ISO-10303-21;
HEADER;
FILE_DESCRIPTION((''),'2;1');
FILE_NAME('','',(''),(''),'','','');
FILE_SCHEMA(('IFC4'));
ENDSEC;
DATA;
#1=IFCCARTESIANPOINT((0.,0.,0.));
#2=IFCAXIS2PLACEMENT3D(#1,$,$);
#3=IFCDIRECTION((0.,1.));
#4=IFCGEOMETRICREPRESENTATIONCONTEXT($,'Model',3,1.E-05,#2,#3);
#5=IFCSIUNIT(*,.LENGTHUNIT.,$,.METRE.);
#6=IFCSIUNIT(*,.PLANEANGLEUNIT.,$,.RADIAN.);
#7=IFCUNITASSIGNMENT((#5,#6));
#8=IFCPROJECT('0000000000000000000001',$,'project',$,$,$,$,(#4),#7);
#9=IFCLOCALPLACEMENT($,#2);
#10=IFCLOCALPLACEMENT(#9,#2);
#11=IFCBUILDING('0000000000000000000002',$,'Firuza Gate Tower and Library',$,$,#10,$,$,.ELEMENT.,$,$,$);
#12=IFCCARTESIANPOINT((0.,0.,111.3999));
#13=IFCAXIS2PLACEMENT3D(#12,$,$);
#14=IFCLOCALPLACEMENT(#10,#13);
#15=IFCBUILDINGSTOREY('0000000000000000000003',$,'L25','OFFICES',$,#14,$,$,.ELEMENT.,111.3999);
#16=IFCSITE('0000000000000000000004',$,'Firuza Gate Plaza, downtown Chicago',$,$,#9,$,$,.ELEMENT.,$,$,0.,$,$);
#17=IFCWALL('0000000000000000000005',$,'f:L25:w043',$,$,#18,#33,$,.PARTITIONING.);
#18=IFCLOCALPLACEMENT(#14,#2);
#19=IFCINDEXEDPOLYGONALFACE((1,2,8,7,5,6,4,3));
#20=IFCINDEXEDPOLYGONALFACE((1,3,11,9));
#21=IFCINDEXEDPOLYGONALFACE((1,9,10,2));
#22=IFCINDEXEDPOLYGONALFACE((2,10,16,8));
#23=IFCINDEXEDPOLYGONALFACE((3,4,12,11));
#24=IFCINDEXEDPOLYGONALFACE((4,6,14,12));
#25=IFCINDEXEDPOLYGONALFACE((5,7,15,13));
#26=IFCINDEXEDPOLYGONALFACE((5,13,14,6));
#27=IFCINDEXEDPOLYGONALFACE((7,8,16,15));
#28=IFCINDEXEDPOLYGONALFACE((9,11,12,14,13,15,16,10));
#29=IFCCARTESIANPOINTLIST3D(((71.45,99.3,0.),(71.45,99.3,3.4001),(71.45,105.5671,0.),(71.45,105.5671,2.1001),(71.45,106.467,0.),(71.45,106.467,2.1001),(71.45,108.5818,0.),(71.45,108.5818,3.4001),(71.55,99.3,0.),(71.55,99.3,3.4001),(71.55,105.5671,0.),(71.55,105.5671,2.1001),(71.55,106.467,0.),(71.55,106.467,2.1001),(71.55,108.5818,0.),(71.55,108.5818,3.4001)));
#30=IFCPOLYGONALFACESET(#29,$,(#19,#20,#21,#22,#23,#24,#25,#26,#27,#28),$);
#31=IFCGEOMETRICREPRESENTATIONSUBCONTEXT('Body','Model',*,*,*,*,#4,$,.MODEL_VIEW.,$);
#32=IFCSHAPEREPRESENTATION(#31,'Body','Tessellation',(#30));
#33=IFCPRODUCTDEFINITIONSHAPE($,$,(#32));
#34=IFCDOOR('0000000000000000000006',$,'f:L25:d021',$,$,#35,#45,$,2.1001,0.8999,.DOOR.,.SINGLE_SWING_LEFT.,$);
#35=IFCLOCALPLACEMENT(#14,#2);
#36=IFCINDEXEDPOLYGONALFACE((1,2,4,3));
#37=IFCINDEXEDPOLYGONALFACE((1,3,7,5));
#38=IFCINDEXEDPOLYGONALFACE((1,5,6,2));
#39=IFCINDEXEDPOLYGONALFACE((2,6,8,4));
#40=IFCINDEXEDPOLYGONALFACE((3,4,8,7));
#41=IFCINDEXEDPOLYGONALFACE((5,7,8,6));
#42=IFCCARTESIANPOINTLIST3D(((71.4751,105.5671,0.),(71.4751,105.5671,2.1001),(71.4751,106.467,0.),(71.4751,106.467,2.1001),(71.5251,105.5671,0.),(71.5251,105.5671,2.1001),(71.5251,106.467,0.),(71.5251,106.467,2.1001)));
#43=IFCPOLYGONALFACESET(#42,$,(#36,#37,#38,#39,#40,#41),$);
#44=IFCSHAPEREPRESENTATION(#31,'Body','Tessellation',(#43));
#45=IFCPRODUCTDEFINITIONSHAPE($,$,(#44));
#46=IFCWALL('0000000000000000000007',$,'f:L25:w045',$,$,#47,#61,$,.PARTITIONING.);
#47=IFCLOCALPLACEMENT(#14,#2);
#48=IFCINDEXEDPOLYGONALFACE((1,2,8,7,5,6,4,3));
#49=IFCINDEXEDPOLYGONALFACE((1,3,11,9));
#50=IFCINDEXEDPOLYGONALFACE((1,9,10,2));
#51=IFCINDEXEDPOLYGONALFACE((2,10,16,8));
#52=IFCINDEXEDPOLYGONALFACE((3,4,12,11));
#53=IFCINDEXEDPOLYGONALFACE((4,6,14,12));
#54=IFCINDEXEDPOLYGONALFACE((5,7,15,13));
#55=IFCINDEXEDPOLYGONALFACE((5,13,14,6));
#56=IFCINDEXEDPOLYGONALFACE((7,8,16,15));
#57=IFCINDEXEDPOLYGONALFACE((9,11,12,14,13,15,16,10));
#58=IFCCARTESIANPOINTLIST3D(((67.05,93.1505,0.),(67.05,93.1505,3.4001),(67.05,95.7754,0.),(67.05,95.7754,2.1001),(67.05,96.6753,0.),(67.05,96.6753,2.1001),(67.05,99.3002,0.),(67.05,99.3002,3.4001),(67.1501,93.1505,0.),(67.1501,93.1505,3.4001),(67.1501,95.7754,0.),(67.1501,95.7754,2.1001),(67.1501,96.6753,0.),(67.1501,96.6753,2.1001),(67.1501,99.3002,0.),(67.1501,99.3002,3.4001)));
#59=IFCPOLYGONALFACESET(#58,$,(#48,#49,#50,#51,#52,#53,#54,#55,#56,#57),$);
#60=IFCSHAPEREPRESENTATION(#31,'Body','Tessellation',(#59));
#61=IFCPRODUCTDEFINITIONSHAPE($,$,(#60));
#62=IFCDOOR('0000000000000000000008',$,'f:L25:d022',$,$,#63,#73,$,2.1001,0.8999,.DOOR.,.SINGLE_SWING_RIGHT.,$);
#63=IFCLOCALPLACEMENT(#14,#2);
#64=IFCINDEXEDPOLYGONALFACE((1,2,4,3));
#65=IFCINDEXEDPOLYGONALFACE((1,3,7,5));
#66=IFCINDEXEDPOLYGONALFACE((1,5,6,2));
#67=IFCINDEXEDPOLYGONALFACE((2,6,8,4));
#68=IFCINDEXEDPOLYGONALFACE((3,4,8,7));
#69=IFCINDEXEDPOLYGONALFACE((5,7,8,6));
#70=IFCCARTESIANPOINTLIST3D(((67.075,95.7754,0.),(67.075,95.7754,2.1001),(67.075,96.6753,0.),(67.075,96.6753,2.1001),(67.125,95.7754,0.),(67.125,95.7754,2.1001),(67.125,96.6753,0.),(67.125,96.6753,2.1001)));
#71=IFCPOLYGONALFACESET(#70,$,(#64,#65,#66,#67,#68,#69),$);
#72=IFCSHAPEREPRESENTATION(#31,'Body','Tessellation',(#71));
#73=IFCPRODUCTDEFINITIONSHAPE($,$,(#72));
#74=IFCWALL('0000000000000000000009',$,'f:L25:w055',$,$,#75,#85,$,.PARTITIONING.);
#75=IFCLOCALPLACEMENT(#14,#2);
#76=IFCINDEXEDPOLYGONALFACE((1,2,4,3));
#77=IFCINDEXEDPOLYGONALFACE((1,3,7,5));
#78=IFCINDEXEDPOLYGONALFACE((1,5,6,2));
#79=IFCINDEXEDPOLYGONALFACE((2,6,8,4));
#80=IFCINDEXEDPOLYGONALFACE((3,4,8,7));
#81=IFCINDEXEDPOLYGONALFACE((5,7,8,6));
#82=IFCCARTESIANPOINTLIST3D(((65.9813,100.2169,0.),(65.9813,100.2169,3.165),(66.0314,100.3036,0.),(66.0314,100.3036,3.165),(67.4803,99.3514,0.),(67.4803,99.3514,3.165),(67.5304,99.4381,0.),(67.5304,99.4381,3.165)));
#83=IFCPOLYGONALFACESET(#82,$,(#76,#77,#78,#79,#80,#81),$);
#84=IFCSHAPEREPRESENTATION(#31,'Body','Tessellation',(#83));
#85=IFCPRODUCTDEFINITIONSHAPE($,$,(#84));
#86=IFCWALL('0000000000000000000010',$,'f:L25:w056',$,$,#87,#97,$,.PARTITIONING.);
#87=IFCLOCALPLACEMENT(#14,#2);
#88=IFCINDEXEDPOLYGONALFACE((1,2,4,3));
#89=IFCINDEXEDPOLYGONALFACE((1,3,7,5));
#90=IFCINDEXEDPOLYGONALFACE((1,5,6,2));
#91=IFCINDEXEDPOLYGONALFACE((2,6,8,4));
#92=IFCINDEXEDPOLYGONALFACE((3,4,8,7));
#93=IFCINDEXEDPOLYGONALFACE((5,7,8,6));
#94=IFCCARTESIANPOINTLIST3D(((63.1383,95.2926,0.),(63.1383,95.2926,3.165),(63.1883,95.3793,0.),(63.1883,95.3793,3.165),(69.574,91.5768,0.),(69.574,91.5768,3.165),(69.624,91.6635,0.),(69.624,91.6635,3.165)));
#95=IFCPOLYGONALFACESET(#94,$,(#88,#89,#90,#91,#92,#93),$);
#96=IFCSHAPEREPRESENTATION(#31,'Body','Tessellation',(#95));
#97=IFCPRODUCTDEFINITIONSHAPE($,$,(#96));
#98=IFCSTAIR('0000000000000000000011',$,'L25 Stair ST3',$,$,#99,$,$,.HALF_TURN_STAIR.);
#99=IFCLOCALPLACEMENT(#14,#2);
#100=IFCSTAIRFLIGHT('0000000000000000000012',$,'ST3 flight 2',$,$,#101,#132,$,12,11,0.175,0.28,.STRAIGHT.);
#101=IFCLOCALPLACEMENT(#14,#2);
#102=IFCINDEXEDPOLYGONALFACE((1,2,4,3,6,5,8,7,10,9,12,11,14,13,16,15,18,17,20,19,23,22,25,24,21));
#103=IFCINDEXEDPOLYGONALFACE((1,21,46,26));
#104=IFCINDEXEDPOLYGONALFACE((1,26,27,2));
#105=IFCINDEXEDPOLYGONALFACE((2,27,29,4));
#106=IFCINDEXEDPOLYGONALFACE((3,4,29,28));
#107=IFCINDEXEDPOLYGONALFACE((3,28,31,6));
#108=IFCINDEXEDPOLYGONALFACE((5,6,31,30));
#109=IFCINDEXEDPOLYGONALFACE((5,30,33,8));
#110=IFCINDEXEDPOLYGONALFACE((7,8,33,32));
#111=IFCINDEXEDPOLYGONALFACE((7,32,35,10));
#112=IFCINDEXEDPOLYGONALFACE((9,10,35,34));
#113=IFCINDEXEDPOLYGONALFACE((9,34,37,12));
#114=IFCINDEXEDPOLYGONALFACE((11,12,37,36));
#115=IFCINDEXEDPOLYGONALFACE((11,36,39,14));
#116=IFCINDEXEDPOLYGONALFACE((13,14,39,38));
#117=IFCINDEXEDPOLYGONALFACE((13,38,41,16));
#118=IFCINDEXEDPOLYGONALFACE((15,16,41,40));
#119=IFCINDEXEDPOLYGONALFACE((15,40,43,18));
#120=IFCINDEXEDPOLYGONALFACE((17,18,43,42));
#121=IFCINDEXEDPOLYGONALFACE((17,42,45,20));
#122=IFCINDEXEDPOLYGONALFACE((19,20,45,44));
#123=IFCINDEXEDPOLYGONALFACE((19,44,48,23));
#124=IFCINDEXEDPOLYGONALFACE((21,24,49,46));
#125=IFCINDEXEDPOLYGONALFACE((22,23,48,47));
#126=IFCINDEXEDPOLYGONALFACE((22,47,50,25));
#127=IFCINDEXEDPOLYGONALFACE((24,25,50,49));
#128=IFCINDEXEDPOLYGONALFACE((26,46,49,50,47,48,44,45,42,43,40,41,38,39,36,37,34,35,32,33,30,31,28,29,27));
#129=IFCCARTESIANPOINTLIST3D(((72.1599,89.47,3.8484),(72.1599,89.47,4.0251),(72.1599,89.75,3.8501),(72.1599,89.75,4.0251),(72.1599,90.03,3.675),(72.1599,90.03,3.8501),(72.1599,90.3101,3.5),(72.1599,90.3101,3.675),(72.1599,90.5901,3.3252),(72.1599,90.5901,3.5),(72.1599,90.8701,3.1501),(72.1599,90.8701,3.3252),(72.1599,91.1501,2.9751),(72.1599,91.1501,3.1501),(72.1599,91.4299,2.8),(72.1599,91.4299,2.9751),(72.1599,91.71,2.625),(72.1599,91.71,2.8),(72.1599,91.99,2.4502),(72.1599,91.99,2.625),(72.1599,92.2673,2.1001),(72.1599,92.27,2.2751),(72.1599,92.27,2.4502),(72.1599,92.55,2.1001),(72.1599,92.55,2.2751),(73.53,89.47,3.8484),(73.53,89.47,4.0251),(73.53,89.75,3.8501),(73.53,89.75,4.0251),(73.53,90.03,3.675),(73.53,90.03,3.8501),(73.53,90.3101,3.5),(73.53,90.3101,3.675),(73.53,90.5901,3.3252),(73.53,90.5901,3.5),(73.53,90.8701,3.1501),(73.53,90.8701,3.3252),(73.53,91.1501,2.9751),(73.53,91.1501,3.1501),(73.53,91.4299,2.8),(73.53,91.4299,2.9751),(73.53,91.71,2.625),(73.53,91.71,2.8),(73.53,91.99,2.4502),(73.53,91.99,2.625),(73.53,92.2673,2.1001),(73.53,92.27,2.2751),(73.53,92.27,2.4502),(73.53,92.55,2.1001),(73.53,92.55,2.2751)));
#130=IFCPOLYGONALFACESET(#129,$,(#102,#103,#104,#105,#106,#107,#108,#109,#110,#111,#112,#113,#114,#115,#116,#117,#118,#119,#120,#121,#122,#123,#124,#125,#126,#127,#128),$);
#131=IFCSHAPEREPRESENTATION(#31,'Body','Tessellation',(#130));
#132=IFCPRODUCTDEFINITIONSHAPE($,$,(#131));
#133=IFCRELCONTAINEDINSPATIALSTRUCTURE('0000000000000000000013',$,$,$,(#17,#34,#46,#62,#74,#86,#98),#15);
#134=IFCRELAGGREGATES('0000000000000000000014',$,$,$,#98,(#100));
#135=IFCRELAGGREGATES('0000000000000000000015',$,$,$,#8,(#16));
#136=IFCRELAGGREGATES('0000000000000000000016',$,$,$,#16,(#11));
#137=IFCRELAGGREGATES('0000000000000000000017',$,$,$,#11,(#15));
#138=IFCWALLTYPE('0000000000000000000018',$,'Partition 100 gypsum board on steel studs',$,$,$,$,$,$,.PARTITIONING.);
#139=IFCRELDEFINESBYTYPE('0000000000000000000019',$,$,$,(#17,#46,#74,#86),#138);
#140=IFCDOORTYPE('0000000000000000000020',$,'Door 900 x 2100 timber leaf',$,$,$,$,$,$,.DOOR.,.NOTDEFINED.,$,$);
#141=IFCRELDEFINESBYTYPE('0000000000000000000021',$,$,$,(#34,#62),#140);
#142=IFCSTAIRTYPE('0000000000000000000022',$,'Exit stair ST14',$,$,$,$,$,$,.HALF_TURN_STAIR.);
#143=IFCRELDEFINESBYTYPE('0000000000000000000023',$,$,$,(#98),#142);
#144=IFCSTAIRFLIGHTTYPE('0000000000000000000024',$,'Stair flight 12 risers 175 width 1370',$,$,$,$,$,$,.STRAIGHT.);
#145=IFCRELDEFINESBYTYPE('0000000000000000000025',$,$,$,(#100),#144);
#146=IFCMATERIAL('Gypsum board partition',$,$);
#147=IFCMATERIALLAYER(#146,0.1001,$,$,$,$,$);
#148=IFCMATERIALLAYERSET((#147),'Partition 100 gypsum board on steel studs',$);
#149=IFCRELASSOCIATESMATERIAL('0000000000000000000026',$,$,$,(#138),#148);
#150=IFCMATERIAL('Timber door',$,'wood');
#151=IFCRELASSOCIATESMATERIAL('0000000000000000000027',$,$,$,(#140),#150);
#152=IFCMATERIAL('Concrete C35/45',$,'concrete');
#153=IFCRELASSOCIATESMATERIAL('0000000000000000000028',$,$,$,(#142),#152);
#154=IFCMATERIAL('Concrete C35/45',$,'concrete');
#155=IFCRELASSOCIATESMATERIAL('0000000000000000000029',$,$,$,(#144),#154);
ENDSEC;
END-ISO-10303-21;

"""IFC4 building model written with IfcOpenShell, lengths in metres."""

from ifc_helpers import new_model, si_unit, direction, frame, frame_2d, origin, place, context, subcontext, project, spatial, polyline, rectangle, outline, extrude, material, layer, layer_set, type_object, element, fill, aggregate, save


model = new_model("IFC4")

# Units and contexts
model_context = context("Model", 3, precision=1e-05, world=origin(), true_north=direction((0.0, 1.0)))
body_context = subcontext(model_context, "Body", "Model", "MODEL_VIEW")
ifc_project = project(units=[si_unit("LENGTHUNIT", "METRE"), si_unit("PLANEANGLEUNIT", "RADIAN")], contexts=[model_context])

# Site, building, storey
site_placement = place(None, origin())
site = spatial("IfcSite", under=ifc_project, at=site_placement, Name="Firuza Gate Plaza, downtown Chicago", CompositionType="ELEMENT", RefElevation=0.0)
building_placement = place(site_placement, origin())
building = spatial("IfcBuilding", under=site, at=building_placement, Name="Firuza Gate Tower and Library", CompositionType="ELEMENT")
storey_placement = place(building_placement, frame((0.0, 0.0, 111.3999)))
storey = spatial("IfcBuildingStorey", under=building, at=storey_placement, Name="L25", Description="OFFICES", CompositionType="ELEMENT", Elevation=111.3999)

# Shared definitions
placement = place(storey_placement, origin())

# Walls, openings, doors
ifc_material_1 = material(Name="Gypsum board partition")
ifc_layer_1 = layer(ifc_material_1, 0.1001)
ifc_layer_set_1 = layer_set([ifc_layer_1], Name="Partition 100 gypsum board on steel studs")
wall_type_1 = type_object("IfcWallType", Name="Partition 100 gypsum board on steel studs", PredefinedType="PARTITIONING", material=ifc_layer_set_1)
ifc_material_2 = material(Name="Timber door", Category="wood")
door_type_1 = type_object("IfcDoorType", Name="Door 900 x 2100 timber leaf", OperationType="NOTDEFINED", PredefinedType="DOOR", material=ifc_material_2)
wall_1_placement = place(storey_placement, frame((71.5, 99.3, 0.0), z_axis=(0.0, 0.0, 1.0), x_axis=(0.0, 1.0, 0.0)))
wall_1 = element("IfcWall", 1, at=wall_1_placement, inside=storey, type_object=wall_type_1, Name="f:L25:w043", PredefinedType="PARTITIONING", context=body_context, shape_type="SweptSolid", body=[
    extrude(rectangle(XDim=9.2817, YDim=0.1001, at=frame_2d((4.6409, 0.0))), origin(), (0.0, 0.0, 1.0), 3.4001),
])
opening_1_placement = place(wall_1_placement, frame((6.2671, 0.0, 0.0)))
opening_1 = element("IfcOpeningElement", 2, at=opening_1_placement, cuts=wall_1, PredefinedType="OPENING", context=body_context, shape_type="SweptSolid", body=[
    extrude(rectangle(XDim=0.8999, YDim=2.1001, at=frame_2d((0.45, 1.05))), frame((0.0, 0.0601, 0.0), z_axis=(0.0, -1.0, 0.0), x_axis=(1.0, 0.0, 0.0)), (0.0, 0.0, 1.0), 0.1201),
])
door_1_placement = place(opening_1_placement, origin())
door_1 = element("IfcDoor", 3, at=door_1_placement, inside=storey, type_object=door_type_1, Name="f:L25:d021", OperationType="SINGLE_SWING_LEFT", OverallHeight=2.1001, OverallWidth=0.8999, PredefinedType="DOOR", context=body_context, shape_type="SweptSolid", body=[
    extrude(rectangle(XDim=0.8999, YDim=2.1001, at=frame_2d((0.45, 1.05))), frame((0.0, 0.0249, 0.0), z_axis=(0.0, -1.0, 0.0), x_axis=(1.0, 0.0, 0.0)), (0.0, 0.0, 1.0), 0.05),
])
fill(opening_1, door_1)
wall_2_placement = place(storey_placement, frame((67.1001, 99.3, 0.0), z_axis=(0.0, 0.0, 1.0), x_axis=(0.0, -1.0, 0.0)))
wall_2 = element("IfcWall", 4, at=wall_2_placement, inside=storey, type_object=wall_type_1, Name="f:L25:w045", PredefinedType="PARTITIONING", context=body_context, shape_type="SweptSolid", body=[
    extrude(rectangle(XDim=6.1497, YDim=0.1001, at=frame_2d((3.0747, 0.0))), origin(), (0.0, 0.0, 1.0), 3.4001),
])
opening_2_placement = place(wall_2_placement, frame((2.6248, 0.0, 0.0)))
opening_2 = element("IfcOpeningElement", 5, at=opening_2_placement, cuts=wall_2, PredefinedType="OPENING", context=body_context, shape_type="SweptSolid", body=[
    extrude(rectangle(XDim=0.8999, YDim=2.1001, at=frame_2d((0.45, 1.05))), frame((0.0, 0.0601, 0.0), z_axis=(0.0, -1.0, 0.0), x_axis=(1.0, 0.0, 0.0)), (0.0, 0.0, 1.0), 0.1201),
])
door_2_placement = place(opening_2_placement, origin())
door_2 = element("IfcDoor", 6, at=door_2_placement, inside=storey, type_object=door_type_1, Name="f:L25:d022", OperationType="SINGLE_SWING_RIGHT", OverallHeight=2.1001, OverallWidth=0.8999, PredefinedType="DOOR", context=body_context, shape_type="SweptSolid", body=[
    extrude(rectangle(XDim=0.8999, YDim=2.1001, at=frame_2d((0.45, 1.05))), frame((0.0, 0.0249, 0.0), z_axis=(0.0, -1.0, 0.0), x_axis=(1.0, 0.0, 0.0)), (0.0, 0.0, 1.0), 0.05),
])
fill(opening_2, door_2)

# Walls
wall_3_placement = place(storey_placement, frame((67.5054, 99.3948, 0.0), z_axis=(0.0, 0.0, 1.0), x_axis=(-0.866021, 0.500007, 0.0)))
element("IfcWall", 7, at=wall_3_placement, inside=storey, type_object=wall_type_1, Name="f:L25:w055", PredefinedType="PARTITIONING", context=body_context, shape_type="SweptSolid", body=[
    extrude(rectangle(XDim=1.731, YDim=0.1001, at=frame_2d((0.8655, 0.0))), origin(), (0.0, 0.0, 1.0), 3.165),
])
wall_4_placement = place(storey_placement, frame((69.5991, 91.6201, 0.0), z_axis=(0.0, 0.0, 1.0), x_axis=(-0.866019, 0.500012, 0.0)))
element("IfcWall", 8, at=wall_4_placement, inside=storey, type_object=wall_type_1, Name="f:L25:w056", PredefinedType="PARTITIONING", context=body_context, shape_type="SweptSolid", body=[
    extrude(rectangle(XDim=7.4314, YDim=0.1001, at=frame_2d((3.7158, 0.0))), origin(), (0.0, 0.0, 1.0), 3.165),
])

# Stair, stair flight
ifc_material_3 = material(Name="Concrete C35/45", Category="concrete")
stair_type = type_object("IfcStairType", Name="Exit stair ST14", PredefinedType="HALF_TURN_STAIR", material=ifc_material_3)
stair = element("IfcStair", 9, at=placement, inside=storey, type_object=stair_type, Name="L25 Stair ST3", PredefinedType="HALF_TURN_STAIR")
ifc_material_4 = material(Name="Concrete C35/45", Category="concrete")
stair_flight_type = type_object("IfcStairFlightType", Name="Stair flight 12 risers 175 width 1370", PredefinedType="STRAIGHT", material=ifc_material_4)
stair_flight_placement = place(storey_placement, frame((72.845, 92.55, 2.1001), z_axis=(0.0, 0.0, 1.0), x_axis=(0.0, -1.0, 0.0)))
stair_flight = element("IfcStairFlight", 10, at=stair_flight_placement, type_object=stair_flight_type, Name="ST3 flight 2", NumberOfRisers=12, NumberOfTreads=11, PredefinedType="STRAIGHT", RiserHeight=0.175, TreadLength=0.28, context=body_context, shape_type="SweptSolid", body=[
    extrude(outline(polyline([(0.0, 0.0), (0.0, 0.175), (0.28, 0.175), (0.28, 0.3501), (0.5601, 0.3501), (0.5601, 0.5249), (0.8401, 0.5249), (0.8401, 0.7), (1.1201, 0.7), (1.1201, 0.875), (1.3999, 0.875), (1.3999, 1.05), (1.6799, 1.05), (1.6799, 1.2251), (1.96, 1.2251), (1.96, 1.3999), (2.24, 1.3999), (2.24, 1.575), (2.52, 1.575), (2.52, 1.75), (2.8, 1.75), (2.8, 1.925), (3.0801, 1.925), (3.0801, 2.1001), (3.0801, 1.7483), (0.2827, 0.0), (0.0, 0.0)])), frame((0.0, 0.6851, 0.0), z_axis=(0.0, -1.0, 0.0), x_axis=(1.0, 0.0, 0.0)), (0.0, 0.0, 1.0), 1.3701),
])
aggregate(stair, [stair_flight])

save(model, "model.ifc")
